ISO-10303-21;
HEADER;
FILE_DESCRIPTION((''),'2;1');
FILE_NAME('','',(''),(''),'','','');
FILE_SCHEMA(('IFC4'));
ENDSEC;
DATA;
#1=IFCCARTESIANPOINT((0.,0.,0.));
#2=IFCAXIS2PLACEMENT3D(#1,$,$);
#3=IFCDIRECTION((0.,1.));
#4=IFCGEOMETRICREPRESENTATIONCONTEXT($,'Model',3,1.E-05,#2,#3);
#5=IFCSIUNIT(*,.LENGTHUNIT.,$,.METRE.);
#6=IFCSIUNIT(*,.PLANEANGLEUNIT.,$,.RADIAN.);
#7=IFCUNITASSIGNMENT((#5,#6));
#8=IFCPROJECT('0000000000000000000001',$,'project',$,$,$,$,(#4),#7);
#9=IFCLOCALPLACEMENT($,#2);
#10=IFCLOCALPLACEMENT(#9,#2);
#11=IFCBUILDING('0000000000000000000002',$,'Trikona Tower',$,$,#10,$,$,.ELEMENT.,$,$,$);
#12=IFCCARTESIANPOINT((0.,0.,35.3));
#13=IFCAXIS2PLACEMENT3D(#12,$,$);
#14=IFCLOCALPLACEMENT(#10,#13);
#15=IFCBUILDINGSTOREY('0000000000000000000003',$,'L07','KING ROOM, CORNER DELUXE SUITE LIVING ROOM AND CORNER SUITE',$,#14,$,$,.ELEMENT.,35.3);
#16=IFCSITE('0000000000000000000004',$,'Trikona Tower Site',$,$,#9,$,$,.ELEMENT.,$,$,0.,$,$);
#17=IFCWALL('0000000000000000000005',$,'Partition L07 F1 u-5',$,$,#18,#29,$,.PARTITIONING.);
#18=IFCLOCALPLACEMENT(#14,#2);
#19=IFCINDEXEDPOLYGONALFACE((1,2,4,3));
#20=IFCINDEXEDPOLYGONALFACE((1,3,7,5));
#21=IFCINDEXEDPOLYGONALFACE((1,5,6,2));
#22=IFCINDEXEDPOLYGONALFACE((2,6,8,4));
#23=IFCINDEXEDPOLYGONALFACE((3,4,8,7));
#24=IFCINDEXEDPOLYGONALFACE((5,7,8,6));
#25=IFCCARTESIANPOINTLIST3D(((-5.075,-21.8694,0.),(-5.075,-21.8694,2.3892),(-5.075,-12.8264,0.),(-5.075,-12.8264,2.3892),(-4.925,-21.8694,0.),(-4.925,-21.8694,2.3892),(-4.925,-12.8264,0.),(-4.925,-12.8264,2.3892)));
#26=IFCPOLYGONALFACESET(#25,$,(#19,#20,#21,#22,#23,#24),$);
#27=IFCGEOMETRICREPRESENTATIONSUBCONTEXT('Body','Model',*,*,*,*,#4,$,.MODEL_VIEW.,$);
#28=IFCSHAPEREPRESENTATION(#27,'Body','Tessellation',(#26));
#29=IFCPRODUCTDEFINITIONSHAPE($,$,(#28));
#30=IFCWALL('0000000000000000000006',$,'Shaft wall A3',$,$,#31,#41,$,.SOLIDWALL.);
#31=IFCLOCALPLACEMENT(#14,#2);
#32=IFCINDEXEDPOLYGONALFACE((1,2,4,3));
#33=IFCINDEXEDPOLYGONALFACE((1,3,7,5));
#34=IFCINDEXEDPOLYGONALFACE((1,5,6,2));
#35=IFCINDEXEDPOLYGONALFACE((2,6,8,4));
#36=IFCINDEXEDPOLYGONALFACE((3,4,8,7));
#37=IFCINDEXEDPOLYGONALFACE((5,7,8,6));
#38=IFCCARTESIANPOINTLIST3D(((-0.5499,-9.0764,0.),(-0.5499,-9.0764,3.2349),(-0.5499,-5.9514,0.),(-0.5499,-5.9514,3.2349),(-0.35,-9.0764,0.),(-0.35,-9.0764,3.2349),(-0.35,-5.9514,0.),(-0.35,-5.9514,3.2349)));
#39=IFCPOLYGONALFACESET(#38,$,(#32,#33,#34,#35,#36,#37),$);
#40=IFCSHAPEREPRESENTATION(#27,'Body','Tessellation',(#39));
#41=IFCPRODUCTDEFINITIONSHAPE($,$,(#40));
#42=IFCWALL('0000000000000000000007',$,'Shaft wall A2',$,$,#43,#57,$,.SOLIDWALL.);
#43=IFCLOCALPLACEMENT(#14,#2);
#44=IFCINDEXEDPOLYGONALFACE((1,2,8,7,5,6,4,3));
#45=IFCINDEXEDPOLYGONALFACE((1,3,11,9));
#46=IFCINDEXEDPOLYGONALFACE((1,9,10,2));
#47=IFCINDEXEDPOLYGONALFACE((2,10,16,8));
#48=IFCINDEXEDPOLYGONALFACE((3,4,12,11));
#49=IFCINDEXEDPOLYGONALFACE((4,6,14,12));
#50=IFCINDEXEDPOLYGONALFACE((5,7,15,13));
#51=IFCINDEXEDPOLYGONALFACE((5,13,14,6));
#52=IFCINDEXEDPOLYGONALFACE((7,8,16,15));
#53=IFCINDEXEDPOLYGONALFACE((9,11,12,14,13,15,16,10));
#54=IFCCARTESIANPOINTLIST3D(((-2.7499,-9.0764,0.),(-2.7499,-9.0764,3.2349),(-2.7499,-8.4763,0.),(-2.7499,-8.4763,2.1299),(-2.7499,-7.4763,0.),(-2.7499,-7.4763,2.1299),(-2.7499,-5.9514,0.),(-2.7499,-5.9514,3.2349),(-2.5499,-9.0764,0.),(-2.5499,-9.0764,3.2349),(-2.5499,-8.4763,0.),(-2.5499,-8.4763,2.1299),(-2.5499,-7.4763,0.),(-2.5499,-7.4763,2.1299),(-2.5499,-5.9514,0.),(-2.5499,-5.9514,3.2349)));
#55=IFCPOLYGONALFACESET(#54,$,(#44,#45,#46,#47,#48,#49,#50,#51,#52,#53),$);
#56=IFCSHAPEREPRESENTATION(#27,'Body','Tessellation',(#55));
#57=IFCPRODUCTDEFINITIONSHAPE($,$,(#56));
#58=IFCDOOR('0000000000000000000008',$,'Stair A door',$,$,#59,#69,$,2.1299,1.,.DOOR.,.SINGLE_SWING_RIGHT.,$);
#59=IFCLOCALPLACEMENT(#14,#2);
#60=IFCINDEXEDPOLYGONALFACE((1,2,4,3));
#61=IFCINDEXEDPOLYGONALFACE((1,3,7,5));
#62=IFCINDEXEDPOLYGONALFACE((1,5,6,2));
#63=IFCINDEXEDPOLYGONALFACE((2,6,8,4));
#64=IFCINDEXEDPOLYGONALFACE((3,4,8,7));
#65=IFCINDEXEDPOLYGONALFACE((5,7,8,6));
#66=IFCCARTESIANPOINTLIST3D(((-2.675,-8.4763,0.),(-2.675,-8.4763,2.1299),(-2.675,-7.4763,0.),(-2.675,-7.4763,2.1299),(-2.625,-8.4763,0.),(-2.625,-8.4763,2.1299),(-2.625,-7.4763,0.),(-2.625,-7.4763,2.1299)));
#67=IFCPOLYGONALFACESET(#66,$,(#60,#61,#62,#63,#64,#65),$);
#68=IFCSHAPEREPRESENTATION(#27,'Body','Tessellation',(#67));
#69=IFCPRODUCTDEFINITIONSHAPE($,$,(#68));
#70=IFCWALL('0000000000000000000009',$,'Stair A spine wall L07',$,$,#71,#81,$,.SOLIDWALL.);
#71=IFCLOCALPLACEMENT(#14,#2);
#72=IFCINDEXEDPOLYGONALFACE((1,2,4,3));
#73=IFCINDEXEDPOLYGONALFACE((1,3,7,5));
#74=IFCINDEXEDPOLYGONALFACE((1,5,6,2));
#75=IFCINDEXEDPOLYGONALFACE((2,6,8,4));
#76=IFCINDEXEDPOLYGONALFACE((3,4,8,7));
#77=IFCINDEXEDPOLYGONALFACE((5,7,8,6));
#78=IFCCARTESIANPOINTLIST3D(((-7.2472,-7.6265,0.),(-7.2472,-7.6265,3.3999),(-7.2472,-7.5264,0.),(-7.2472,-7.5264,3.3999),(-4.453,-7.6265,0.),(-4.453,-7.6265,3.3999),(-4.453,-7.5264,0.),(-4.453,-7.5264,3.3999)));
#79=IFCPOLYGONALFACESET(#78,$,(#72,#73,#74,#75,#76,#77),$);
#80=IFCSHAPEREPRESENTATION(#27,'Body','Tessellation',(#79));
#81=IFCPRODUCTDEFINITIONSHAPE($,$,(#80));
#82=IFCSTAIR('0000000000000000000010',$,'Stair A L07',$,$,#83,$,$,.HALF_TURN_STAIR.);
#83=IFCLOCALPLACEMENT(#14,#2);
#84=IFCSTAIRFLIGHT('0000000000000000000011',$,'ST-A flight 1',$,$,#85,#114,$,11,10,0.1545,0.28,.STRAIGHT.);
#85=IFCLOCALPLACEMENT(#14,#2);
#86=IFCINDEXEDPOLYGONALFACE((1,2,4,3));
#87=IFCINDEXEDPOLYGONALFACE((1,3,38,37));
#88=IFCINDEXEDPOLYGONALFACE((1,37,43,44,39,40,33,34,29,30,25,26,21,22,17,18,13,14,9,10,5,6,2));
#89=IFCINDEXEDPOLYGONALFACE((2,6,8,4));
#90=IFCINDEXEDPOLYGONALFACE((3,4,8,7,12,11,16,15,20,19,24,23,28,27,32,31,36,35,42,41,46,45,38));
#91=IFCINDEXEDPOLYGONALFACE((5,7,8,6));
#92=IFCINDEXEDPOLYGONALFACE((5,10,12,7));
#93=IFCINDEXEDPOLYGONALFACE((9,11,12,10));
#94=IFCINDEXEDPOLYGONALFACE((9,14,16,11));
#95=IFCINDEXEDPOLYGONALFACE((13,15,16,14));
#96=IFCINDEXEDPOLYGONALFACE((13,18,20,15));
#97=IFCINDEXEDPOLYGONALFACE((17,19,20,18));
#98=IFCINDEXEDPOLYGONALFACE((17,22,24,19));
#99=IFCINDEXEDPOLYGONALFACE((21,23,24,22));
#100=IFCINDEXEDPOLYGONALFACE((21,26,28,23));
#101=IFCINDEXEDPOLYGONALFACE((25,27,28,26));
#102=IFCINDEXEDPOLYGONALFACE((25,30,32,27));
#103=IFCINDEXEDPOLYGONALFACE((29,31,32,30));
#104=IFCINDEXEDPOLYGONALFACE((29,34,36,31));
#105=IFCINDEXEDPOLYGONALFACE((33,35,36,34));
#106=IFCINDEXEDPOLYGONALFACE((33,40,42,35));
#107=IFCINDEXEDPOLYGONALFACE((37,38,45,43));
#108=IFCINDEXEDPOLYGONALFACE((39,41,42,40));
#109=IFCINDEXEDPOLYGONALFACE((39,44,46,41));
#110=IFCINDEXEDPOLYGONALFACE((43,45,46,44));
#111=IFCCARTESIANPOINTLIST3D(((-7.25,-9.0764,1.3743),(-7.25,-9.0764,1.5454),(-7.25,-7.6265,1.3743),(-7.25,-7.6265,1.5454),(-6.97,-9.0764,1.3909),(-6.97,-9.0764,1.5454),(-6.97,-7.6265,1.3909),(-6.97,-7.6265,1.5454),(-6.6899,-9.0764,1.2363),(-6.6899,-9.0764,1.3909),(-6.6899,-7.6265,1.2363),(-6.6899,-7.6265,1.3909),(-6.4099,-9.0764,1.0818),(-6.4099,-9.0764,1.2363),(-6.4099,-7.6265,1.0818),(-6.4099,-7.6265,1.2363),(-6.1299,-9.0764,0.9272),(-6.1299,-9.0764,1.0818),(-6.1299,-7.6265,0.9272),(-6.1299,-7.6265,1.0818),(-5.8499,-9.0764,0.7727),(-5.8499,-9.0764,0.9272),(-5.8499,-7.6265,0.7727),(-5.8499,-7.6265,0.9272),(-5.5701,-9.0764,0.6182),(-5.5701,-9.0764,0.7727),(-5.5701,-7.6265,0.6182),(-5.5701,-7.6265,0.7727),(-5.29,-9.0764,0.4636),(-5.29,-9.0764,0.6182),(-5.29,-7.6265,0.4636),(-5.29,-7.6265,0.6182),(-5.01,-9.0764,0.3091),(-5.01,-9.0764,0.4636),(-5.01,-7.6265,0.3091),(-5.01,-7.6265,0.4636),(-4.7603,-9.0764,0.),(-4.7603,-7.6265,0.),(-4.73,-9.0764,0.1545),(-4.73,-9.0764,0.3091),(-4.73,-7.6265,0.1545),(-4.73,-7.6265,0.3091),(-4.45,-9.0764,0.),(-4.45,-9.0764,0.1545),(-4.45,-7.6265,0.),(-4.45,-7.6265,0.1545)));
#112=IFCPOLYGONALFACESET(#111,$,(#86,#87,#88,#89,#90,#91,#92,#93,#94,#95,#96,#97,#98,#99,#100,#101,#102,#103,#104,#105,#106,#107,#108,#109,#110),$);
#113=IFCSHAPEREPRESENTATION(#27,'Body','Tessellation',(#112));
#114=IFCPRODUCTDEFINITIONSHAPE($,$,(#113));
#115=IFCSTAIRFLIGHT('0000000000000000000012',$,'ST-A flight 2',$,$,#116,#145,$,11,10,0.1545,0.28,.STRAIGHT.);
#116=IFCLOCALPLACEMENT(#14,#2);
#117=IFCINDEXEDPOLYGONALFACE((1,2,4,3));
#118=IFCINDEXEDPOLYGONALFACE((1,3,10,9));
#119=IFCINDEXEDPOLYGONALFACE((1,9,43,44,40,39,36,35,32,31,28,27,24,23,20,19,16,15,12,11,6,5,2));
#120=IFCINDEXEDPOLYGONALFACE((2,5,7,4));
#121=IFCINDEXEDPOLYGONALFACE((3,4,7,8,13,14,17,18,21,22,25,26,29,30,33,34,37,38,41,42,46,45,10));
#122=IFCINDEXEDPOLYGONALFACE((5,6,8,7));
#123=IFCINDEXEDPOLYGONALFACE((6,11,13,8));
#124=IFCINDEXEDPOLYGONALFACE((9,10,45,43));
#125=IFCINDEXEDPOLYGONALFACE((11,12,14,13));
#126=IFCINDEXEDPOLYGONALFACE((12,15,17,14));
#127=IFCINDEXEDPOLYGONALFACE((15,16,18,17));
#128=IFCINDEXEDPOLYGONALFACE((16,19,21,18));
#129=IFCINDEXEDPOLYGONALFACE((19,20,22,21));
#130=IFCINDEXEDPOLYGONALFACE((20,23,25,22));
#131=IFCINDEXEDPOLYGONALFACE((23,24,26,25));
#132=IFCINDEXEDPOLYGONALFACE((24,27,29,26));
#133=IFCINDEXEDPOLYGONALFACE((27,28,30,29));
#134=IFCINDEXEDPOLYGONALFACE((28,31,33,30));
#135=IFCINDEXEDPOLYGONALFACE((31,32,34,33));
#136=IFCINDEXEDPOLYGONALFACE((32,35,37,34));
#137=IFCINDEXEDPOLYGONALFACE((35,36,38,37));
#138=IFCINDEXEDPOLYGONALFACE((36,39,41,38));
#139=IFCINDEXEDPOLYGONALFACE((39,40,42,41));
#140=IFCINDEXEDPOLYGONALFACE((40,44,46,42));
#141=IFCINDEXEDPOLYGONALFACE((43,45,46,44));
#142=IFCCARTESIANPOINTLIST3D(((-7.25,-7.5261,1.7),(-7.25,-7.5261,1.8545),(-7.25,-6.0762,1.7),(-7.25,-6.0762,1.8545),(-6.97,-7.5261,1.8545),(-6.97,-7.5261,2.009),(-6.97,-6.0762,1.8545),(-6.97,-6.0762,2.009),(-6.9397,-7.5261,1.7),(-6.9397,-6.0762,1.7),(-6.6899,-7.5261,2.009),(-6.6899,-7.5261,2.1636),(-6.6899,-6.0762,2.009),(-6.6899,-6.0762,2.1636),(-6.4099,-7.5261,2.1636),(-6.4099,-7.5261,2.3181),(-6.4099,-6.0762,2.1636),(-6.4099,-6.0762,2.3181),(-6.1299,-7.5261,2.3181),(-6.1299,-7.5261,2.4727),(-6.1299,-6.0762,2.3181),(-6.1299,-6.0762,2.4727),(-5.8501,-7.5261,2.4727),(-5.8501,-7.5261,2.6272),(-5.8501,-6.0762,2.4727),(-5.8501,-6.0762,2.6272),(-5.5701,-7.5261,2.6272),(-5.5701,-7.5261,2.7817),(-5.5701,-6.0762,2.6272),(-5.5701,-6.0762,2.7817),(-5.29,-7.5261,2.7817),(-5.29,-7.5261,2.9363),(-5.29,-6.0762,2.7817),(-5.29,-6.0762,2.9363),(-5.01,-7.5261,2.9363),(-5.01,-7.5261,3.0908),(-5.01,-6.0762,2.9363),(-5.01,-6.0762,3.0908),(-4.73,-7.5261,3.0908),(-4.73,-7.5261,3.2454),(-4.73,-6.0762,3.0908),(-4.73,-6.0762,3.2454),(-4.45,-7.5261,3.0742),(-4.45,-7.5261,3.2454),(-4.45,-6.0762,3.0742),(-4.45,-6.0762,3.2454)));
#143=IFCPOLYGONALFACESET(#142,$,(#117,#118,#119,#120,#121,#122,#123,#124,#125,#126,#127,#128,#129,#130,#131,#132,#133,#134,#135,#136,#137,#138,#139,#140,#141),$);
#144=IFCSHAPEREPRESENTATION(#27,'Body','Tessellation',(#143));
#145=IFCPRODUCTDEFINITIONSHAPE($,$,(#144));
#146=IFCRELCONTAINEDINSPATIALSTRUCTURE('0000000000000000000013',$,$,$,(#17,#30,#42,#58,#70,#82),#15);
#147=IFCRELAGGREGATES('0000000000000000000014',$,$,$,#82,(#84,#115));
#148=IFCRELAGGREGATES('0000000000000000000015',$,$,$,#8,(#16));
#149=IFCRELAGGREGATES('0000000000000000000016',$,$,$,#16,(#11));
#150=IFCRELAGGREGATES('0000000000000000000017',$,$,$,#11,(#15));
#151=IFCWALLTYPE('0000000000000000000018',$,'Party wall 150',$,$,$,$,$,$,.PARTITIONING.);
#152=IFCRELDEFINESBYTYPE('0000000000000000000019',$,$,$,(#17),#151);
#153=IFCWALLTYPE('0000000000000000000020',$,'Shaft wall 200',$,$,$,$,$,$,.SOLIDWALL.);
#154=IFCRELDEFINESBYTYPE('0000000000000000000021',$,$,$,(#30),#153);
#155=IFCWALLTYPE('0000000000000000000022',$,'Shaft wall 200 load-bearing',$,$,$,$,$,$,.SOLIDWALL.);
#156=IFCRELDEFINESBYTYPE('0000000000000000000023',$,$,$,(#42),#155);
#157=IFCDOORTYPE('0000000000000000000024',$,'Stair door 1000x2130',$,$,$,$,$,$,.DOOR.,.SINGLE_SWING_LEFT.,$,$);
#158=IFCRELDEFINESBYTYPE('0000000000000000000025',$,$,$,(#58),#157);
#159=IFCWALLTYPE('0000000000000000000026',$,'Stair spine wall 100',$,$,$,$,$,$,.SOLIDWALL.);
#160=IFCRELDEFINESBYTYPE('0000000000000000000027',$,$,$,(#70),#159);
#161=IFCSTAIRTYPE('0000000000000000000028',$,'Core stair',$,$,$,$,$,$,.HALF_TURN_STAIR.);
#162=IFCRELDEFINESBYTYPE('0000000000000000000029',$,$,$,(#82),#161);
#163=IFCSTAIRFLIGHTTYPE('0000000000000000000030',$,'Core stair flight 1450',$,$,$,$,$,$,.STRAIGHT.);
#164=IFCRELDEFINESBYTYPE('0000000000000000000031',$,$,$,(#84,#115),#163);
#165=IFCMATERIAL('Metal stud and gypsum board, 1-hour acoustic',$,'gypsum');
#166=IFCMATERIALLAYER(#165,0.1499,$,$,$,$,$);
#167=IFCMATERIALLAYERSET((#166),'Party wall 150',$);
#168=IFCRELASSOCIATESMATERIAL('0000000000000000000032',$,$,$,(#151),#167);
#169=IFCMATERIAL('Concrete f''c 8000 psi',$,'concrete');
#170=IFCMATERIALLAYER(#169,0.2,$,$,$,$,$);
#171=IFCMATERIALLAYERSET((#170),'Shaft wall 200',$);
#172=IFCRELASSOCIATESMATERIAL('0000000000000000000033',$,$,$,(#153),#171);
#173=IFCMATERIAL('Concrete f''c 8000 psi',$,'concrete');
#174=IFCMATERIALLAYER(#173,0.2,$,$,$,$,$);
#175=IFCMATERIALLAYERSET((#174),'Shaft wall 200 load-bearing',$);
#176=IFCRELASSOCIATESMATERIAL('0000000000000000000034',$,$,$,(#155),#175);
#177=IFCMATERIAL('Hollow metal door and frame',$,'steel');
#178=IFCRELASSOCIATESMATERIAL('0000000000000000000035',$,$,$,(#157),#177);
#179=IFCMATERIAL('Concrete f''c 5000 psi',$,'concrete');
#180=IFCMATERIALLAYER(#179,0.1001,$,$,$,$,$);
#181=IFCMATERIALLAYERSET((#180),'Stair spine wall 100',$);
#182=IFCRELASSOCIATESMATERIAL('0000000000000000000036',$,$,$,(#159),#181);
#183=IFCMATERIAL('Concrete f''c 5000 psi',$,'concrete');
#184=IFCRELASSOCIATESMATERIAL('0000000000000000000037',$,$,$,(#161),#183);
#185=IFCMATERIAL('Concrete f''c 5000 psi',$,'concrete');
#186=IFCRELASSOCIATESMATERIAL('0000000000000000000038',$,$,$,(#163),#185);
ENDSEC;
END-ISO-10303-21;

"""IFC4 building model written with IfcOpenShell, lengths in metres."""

from ifc_helpers import new_model, si_unit, direction, frame, frame_2d, origin, place, context, subcontext, project, spatial, polyline, rectangle, outline, extrude, material, layer, layer_set, type_object, element, fill, aggregate, save


model = new_model("IFC4")

# Units and contexts
model_context = context("Model", 3, precision=1e-05, world=origin(), true_north=direction((0.0, 1.0)))
body_context = subcontext(model_context, "Body", "Model", "MODEL_VIEW")
ifc_project = project(units=[si_unit("LENGTHUNIT", "METRE"), si_unit("PLANEANGLEUNIT", "RADIAN")], contexts=[model_context])

# Site, building, storey
site_placement = place(None, origin())
site = spatial("IfcSite", under=ifc_project, at=site_placement, Name="Trikona Tower Site", CompositionType="ELEMENT", RefElevation=0.0)
building_placement = place(site_placement, origin())
building = spatial("IfcBuilding", under=site, at=building_placement, Name="Trikona Tower", CompositionType="ELEMENT")
storey_placement = place(building_placement, frame((0.0, 0.0, 35.3)))
storey = spatial("IfcBuildingStorey", under=building, at=storey_placement, Name="L07", Description="KING ROOM, CORNER DELUXE SUITE LIVING ROOM AND CORNER SUITE", CompositionType="ELEMENT", Elevation=35.3)

# Walls
ifc_material_1 = material(Name="Metal stud and gypsum board, 1-hour acoustic", Category="gypsum")
ifc_layer_1 = layer(ifc_material_1, 0.1499)
ifc_layer_set_1 = layer_set([ifc_layer_1], Name="Party wall 150")
wall_type_1 = type_object("IfcWallType", Name="Party wall 150", PredefinedType="PARTITIONING", material=ifc_layer_set_1)
wall_1_placement = place(storey_placement, frame((-5.0, -12.8264, 0.0), z_axis=(0.0, 0.0, 1.0), x_axis=(0.0, -1.0, 0.0)))
element("IfcWall", 1, at=wall_1_placement, inside=storey, type_object=wall_type_1, Name="Partition L07 F1 u-5", PredefinedType="PARTITIONING", context=body_context, shape_type="SweptSolid", body=[
    extrude(rectangle(XDim=9.043, YDim=0.1499, at=frame_2d((4.5215, 0.0))), origin(), (0.0, 0.0, 1.0), 2.3892),
])
ifc_material_2 = material(Name="Concrete f'c 8000 psi", Category="concrete")
ifc_layer_2 = layer(ifc_material_2, 0.2)
ifc_layer_set_2 = layer_set([ifc_layer_2], Name="Shaft wall 200")
wall_type_2 = type_object("IfcWallType", Name="Shaft wall 200", PredefinedType="SOLIDWALL", material=ifc_layer_set_2)
wall_2_placement = place(storey_placement, frame((-0.45, -5.9514, 0.0), z_axis=(0.0, 0.0, 1.0), x_axis=(0.0, -1.0, 0.0)))
element("IfcWall", 2, at=wall_2_placement, inside=storey, type_object=wall_type_2, Name="Shaft wall A3", PredefinedType="SOLIDWALL", context=body_context, shape_type="SweptSolid", body=[
    extrude(rectangle(XDim=3.125, YDim=0.2, at=frame_2d((1.5625, 0.0))), origin(), (0.0, 0.0, 1.0), 3.2349),
])

# Wall, opening, door
ifc_material_3 = material(Name="Concrete f'c 8000 psi", Category="concrete")
ifc_layer_3 = layer(ifc_material_3, 0.2)
ifc_layer_set_3 = layer_set([ifc_layer_3], Name="Shaft wall 200 load-bearing")
wall_type_3 = type_object("IfcWallType", Name="Shaft wall 200 load-bearing", PredefinedType="SOLIDWALL", material=ifc_layer_set_3)
wall_3_placement = place(storey_placement, frame((-2.6499, -5.9514, 0.0), z_axis=(0.0, 0.0, 1.0), x_axis=(0.0, -1.0, 0.0)))
wall_3 = element("IfcWall", 3, at=wall_3_placement, inside=storey, type_object=wall_type_3, Name="Shaft wall A2", PredefinedType="SOLIDWALL", context=body_context, shape_type="SweptSolid", body=[
    extrude(rectangle(XDim=3.125, YDim=0.2, at=frame_2d((1.5625, 0.0))), origin(), (0.0, 0.0, 1.0), 3.2349),
])
opening_1_placement = place(wall_3_placement, frame((1.5249, 0.0, 0.0)))
opening_1 = element("IfcOpeningElement", 4, at=opening_1_placement, cuts=wall_3, PredefinedType="OPENING", context=body_context, shape_type="SweptSolid", body=[
    extrude(rectangle(XDim=1.0, YDim=2.1299, at=frame_2d((0.5, 1.0649))), frame((0.0, 0.1099, 0.0), z_axis=(0.0, -1.0, 0.0), x_axis=(1.0, 0.0, 0.0)), (0.0, 0.0, 1.0), 0.22),
])
ifc_material_4 = material(Name="Hollow metal door and frame", Category="steel")
door_type_1 = type_object("IfcDoorType", Name="Stair door 1000x2130", OperationType="SINGLE_SWING_LEFT", PredefinedType="DOOR", material=ifc_material_4)
door_1_placement = place(opening_1_placement, origin())
door_1 = element("IfcDoor", 5, at=door_1_placement, inside=storey, type_object=door_type_1, Name="Stair A door", OperationType="SINGLE_SWING_RIGHT", OverallHeight=2.1299, OverallWidth=1.0, PredefinedType="DOOR", context=body_context, shape_type="SweptSolid", body=[
    extrude(rectangle(XDim=1.0, YDim=2.1299, at=frame_2d((0.5, 1.0649))), frame((0.0, 0.0249, 0.0), z_axis=(0.0, -1.0, 0.0), x_axis=(1.0, 0.0, 0.0)), (0.0, 0.0, 1.0), 0.05),
])
fill(opening_1, door_1)

# Wall
ifc_material_5 = material(Name="Concrete f'c 5000 psi", Category="concrete")
ifc_layer_4 = layer(ifc_material_5, 0.1001)
ifc_layer_set_4 = layer_set([ifc_layer_4], Name="Stair spine wall 100")
wall_type_4 = type_object("IfcWallType", Name="Stair spine wall 100", PredefinedType="SOLIDWALL", material=ifc_layer_set_4)
wall_4_placement = place(storey_placement, frame((-7.2471, -7.5764, 0.0), z_axis=(0.0, 0.0, 1.0), x_axis=(1.0, 0.0, 0.0)))
element("IfcWall", 6, at=wall_4_placement, inside=storey, type_object=wall_type_4, Name="Stair A spine wall L07", PredefinedType="SOLIDWALL", context=body_context, shape_type="SweptSolid", body=[
    extrude(rectangle(XDim=2.7942, YDim=0.1001, at=frame_2d((1.397, 0.0))), origin(), (0.0, 0.0, 1.0), 3.3999),
])

# Stair, stair flights
ifc_material_6 = material(Name="Concrete f'c 5000 psi", Category="concrete")
stair_type = type_object("IfcStairType", Name="Core stair", PredefinedType="HALF_TURN_STAIR", material=ifc_material_6)
stair_placement = place(storey_placement, origin())
stair = element("IfcStair", 7, at=stair_placement, inside=storey, type_object=stair_type, Name="Stair A L07", PredefinedType="HALF_TURN_STAIR")
ifc_material_7 = material(Name="Concrete f'c 5000 psi", Category="concrete")
stair_flight_type = type_object("IfcStairFlightType", Name="Core stair flight 1450", PredefinedType="STRAIGHT", material=ifc_material_7)
stair_flight_1_placement = place(storey_placement, frame((-4.45, -8.3513, 0.0), z_axis=(0.0, 0.0, 1.0), x_axis=(-1.0, 0.0, 0.0)))
stair_flight_1 = element("IfcStairFlight", 8, at=stair_flight_1_placement, type_object=stair_flight_type, Name="ST-A flight 1", NumberOfRisers=11, NumberOfTreads=10, PredefinedType="STRAIGHT", RiserHeight=0.1545, TreadLength=0.28, context=body_context, shape_type="SweptSolid", body=[
    extrude(outline(polyline([(0.0, 0.0), (0.0, 0.1545), (0.28, 0.1545), (0.28, 0.3091), (0.5601, 0.3091), (0.5601, 0.4636), (0.8401, 0.4636), (0.8401, 0.6182), (1.1201, 0.6182), (1.1201, 0.7727), (1.3999, 0.7727), (1.3999, 0.9272), (1.6799, 0.9272), (1.6799, 1.0818), (1.96, 1.0818), (1.96, 1.2363), (2.24, 1.2363), (2.24, 1.3909), (2.52, 1.3909), (2.52, 1.5454), (2.8, 1.5454), (2.8, 1.7), (2.8, 1.3743), (0.3103, 0.0), (0.0, 0.0)])), frame((0.0, 0.7251, 0.0), z_axis=(0.0, -1.0, 0.0), x_axis=(1.0, 0.0, 0.0)), (0.0, 0.0, 1.0), 1.45),
])
stair_flight_2_placement = place(storey_placement, frame((-7.25, -6.8013, 1.7), z_axis=(0.0, 0.0, 1.0), x_axis=(1.0, 0.0, 0.0)))
stair_flight_2 = element("IfcStairFlight", 9, at=stair_flight_2_placement, type_object=stair_flight_type, Name="ST-A flight 2", NumberOfRisers=11, NumberOfTreads=10, PredefinedType="STRAIGHT", RiserHeight=0.1545, TreadLength=0.28, context=body_context, shape_type="SweptSolid", body=[
    extrude(outline(polyline([(0.0, 0.0), (0.0, 0.1545), (0.28, 0.1545), (0.28, 0.3091), (0.5601, 0.3091), (0.5601, 0.4636), (0.8401, 0.4636), (0.8401, 0.6182), (1.1201, 0.6182), (1.1201, 0.7727), (1.3999, 0.7727), (1.3999, 0.9272), (1.6799, 0.9272), (1.6799, 1.0818), (1.96, 1.0818), (1.96, 1.2363), (2.24, 1.2363), (2.24, 1.3909), (2.52, 1.3909), (2.52, 1.5454), (2.8, 1.5454), (2.8, 1.7), (2.8, 1.3743), (0.3103, 0.0), (0.0, 0.0)])), frame((0.0, 0.7251, 0.0), z_axis=(0.0, -1.0, 0.0), x_axis=(1.0, 0.0, 0.0)), (0.0, 0.0, 1.0), 1.45),
])
aggregate(stair, [stair_flight_1, stair_flight_2])

save(model, "model.ifc")
